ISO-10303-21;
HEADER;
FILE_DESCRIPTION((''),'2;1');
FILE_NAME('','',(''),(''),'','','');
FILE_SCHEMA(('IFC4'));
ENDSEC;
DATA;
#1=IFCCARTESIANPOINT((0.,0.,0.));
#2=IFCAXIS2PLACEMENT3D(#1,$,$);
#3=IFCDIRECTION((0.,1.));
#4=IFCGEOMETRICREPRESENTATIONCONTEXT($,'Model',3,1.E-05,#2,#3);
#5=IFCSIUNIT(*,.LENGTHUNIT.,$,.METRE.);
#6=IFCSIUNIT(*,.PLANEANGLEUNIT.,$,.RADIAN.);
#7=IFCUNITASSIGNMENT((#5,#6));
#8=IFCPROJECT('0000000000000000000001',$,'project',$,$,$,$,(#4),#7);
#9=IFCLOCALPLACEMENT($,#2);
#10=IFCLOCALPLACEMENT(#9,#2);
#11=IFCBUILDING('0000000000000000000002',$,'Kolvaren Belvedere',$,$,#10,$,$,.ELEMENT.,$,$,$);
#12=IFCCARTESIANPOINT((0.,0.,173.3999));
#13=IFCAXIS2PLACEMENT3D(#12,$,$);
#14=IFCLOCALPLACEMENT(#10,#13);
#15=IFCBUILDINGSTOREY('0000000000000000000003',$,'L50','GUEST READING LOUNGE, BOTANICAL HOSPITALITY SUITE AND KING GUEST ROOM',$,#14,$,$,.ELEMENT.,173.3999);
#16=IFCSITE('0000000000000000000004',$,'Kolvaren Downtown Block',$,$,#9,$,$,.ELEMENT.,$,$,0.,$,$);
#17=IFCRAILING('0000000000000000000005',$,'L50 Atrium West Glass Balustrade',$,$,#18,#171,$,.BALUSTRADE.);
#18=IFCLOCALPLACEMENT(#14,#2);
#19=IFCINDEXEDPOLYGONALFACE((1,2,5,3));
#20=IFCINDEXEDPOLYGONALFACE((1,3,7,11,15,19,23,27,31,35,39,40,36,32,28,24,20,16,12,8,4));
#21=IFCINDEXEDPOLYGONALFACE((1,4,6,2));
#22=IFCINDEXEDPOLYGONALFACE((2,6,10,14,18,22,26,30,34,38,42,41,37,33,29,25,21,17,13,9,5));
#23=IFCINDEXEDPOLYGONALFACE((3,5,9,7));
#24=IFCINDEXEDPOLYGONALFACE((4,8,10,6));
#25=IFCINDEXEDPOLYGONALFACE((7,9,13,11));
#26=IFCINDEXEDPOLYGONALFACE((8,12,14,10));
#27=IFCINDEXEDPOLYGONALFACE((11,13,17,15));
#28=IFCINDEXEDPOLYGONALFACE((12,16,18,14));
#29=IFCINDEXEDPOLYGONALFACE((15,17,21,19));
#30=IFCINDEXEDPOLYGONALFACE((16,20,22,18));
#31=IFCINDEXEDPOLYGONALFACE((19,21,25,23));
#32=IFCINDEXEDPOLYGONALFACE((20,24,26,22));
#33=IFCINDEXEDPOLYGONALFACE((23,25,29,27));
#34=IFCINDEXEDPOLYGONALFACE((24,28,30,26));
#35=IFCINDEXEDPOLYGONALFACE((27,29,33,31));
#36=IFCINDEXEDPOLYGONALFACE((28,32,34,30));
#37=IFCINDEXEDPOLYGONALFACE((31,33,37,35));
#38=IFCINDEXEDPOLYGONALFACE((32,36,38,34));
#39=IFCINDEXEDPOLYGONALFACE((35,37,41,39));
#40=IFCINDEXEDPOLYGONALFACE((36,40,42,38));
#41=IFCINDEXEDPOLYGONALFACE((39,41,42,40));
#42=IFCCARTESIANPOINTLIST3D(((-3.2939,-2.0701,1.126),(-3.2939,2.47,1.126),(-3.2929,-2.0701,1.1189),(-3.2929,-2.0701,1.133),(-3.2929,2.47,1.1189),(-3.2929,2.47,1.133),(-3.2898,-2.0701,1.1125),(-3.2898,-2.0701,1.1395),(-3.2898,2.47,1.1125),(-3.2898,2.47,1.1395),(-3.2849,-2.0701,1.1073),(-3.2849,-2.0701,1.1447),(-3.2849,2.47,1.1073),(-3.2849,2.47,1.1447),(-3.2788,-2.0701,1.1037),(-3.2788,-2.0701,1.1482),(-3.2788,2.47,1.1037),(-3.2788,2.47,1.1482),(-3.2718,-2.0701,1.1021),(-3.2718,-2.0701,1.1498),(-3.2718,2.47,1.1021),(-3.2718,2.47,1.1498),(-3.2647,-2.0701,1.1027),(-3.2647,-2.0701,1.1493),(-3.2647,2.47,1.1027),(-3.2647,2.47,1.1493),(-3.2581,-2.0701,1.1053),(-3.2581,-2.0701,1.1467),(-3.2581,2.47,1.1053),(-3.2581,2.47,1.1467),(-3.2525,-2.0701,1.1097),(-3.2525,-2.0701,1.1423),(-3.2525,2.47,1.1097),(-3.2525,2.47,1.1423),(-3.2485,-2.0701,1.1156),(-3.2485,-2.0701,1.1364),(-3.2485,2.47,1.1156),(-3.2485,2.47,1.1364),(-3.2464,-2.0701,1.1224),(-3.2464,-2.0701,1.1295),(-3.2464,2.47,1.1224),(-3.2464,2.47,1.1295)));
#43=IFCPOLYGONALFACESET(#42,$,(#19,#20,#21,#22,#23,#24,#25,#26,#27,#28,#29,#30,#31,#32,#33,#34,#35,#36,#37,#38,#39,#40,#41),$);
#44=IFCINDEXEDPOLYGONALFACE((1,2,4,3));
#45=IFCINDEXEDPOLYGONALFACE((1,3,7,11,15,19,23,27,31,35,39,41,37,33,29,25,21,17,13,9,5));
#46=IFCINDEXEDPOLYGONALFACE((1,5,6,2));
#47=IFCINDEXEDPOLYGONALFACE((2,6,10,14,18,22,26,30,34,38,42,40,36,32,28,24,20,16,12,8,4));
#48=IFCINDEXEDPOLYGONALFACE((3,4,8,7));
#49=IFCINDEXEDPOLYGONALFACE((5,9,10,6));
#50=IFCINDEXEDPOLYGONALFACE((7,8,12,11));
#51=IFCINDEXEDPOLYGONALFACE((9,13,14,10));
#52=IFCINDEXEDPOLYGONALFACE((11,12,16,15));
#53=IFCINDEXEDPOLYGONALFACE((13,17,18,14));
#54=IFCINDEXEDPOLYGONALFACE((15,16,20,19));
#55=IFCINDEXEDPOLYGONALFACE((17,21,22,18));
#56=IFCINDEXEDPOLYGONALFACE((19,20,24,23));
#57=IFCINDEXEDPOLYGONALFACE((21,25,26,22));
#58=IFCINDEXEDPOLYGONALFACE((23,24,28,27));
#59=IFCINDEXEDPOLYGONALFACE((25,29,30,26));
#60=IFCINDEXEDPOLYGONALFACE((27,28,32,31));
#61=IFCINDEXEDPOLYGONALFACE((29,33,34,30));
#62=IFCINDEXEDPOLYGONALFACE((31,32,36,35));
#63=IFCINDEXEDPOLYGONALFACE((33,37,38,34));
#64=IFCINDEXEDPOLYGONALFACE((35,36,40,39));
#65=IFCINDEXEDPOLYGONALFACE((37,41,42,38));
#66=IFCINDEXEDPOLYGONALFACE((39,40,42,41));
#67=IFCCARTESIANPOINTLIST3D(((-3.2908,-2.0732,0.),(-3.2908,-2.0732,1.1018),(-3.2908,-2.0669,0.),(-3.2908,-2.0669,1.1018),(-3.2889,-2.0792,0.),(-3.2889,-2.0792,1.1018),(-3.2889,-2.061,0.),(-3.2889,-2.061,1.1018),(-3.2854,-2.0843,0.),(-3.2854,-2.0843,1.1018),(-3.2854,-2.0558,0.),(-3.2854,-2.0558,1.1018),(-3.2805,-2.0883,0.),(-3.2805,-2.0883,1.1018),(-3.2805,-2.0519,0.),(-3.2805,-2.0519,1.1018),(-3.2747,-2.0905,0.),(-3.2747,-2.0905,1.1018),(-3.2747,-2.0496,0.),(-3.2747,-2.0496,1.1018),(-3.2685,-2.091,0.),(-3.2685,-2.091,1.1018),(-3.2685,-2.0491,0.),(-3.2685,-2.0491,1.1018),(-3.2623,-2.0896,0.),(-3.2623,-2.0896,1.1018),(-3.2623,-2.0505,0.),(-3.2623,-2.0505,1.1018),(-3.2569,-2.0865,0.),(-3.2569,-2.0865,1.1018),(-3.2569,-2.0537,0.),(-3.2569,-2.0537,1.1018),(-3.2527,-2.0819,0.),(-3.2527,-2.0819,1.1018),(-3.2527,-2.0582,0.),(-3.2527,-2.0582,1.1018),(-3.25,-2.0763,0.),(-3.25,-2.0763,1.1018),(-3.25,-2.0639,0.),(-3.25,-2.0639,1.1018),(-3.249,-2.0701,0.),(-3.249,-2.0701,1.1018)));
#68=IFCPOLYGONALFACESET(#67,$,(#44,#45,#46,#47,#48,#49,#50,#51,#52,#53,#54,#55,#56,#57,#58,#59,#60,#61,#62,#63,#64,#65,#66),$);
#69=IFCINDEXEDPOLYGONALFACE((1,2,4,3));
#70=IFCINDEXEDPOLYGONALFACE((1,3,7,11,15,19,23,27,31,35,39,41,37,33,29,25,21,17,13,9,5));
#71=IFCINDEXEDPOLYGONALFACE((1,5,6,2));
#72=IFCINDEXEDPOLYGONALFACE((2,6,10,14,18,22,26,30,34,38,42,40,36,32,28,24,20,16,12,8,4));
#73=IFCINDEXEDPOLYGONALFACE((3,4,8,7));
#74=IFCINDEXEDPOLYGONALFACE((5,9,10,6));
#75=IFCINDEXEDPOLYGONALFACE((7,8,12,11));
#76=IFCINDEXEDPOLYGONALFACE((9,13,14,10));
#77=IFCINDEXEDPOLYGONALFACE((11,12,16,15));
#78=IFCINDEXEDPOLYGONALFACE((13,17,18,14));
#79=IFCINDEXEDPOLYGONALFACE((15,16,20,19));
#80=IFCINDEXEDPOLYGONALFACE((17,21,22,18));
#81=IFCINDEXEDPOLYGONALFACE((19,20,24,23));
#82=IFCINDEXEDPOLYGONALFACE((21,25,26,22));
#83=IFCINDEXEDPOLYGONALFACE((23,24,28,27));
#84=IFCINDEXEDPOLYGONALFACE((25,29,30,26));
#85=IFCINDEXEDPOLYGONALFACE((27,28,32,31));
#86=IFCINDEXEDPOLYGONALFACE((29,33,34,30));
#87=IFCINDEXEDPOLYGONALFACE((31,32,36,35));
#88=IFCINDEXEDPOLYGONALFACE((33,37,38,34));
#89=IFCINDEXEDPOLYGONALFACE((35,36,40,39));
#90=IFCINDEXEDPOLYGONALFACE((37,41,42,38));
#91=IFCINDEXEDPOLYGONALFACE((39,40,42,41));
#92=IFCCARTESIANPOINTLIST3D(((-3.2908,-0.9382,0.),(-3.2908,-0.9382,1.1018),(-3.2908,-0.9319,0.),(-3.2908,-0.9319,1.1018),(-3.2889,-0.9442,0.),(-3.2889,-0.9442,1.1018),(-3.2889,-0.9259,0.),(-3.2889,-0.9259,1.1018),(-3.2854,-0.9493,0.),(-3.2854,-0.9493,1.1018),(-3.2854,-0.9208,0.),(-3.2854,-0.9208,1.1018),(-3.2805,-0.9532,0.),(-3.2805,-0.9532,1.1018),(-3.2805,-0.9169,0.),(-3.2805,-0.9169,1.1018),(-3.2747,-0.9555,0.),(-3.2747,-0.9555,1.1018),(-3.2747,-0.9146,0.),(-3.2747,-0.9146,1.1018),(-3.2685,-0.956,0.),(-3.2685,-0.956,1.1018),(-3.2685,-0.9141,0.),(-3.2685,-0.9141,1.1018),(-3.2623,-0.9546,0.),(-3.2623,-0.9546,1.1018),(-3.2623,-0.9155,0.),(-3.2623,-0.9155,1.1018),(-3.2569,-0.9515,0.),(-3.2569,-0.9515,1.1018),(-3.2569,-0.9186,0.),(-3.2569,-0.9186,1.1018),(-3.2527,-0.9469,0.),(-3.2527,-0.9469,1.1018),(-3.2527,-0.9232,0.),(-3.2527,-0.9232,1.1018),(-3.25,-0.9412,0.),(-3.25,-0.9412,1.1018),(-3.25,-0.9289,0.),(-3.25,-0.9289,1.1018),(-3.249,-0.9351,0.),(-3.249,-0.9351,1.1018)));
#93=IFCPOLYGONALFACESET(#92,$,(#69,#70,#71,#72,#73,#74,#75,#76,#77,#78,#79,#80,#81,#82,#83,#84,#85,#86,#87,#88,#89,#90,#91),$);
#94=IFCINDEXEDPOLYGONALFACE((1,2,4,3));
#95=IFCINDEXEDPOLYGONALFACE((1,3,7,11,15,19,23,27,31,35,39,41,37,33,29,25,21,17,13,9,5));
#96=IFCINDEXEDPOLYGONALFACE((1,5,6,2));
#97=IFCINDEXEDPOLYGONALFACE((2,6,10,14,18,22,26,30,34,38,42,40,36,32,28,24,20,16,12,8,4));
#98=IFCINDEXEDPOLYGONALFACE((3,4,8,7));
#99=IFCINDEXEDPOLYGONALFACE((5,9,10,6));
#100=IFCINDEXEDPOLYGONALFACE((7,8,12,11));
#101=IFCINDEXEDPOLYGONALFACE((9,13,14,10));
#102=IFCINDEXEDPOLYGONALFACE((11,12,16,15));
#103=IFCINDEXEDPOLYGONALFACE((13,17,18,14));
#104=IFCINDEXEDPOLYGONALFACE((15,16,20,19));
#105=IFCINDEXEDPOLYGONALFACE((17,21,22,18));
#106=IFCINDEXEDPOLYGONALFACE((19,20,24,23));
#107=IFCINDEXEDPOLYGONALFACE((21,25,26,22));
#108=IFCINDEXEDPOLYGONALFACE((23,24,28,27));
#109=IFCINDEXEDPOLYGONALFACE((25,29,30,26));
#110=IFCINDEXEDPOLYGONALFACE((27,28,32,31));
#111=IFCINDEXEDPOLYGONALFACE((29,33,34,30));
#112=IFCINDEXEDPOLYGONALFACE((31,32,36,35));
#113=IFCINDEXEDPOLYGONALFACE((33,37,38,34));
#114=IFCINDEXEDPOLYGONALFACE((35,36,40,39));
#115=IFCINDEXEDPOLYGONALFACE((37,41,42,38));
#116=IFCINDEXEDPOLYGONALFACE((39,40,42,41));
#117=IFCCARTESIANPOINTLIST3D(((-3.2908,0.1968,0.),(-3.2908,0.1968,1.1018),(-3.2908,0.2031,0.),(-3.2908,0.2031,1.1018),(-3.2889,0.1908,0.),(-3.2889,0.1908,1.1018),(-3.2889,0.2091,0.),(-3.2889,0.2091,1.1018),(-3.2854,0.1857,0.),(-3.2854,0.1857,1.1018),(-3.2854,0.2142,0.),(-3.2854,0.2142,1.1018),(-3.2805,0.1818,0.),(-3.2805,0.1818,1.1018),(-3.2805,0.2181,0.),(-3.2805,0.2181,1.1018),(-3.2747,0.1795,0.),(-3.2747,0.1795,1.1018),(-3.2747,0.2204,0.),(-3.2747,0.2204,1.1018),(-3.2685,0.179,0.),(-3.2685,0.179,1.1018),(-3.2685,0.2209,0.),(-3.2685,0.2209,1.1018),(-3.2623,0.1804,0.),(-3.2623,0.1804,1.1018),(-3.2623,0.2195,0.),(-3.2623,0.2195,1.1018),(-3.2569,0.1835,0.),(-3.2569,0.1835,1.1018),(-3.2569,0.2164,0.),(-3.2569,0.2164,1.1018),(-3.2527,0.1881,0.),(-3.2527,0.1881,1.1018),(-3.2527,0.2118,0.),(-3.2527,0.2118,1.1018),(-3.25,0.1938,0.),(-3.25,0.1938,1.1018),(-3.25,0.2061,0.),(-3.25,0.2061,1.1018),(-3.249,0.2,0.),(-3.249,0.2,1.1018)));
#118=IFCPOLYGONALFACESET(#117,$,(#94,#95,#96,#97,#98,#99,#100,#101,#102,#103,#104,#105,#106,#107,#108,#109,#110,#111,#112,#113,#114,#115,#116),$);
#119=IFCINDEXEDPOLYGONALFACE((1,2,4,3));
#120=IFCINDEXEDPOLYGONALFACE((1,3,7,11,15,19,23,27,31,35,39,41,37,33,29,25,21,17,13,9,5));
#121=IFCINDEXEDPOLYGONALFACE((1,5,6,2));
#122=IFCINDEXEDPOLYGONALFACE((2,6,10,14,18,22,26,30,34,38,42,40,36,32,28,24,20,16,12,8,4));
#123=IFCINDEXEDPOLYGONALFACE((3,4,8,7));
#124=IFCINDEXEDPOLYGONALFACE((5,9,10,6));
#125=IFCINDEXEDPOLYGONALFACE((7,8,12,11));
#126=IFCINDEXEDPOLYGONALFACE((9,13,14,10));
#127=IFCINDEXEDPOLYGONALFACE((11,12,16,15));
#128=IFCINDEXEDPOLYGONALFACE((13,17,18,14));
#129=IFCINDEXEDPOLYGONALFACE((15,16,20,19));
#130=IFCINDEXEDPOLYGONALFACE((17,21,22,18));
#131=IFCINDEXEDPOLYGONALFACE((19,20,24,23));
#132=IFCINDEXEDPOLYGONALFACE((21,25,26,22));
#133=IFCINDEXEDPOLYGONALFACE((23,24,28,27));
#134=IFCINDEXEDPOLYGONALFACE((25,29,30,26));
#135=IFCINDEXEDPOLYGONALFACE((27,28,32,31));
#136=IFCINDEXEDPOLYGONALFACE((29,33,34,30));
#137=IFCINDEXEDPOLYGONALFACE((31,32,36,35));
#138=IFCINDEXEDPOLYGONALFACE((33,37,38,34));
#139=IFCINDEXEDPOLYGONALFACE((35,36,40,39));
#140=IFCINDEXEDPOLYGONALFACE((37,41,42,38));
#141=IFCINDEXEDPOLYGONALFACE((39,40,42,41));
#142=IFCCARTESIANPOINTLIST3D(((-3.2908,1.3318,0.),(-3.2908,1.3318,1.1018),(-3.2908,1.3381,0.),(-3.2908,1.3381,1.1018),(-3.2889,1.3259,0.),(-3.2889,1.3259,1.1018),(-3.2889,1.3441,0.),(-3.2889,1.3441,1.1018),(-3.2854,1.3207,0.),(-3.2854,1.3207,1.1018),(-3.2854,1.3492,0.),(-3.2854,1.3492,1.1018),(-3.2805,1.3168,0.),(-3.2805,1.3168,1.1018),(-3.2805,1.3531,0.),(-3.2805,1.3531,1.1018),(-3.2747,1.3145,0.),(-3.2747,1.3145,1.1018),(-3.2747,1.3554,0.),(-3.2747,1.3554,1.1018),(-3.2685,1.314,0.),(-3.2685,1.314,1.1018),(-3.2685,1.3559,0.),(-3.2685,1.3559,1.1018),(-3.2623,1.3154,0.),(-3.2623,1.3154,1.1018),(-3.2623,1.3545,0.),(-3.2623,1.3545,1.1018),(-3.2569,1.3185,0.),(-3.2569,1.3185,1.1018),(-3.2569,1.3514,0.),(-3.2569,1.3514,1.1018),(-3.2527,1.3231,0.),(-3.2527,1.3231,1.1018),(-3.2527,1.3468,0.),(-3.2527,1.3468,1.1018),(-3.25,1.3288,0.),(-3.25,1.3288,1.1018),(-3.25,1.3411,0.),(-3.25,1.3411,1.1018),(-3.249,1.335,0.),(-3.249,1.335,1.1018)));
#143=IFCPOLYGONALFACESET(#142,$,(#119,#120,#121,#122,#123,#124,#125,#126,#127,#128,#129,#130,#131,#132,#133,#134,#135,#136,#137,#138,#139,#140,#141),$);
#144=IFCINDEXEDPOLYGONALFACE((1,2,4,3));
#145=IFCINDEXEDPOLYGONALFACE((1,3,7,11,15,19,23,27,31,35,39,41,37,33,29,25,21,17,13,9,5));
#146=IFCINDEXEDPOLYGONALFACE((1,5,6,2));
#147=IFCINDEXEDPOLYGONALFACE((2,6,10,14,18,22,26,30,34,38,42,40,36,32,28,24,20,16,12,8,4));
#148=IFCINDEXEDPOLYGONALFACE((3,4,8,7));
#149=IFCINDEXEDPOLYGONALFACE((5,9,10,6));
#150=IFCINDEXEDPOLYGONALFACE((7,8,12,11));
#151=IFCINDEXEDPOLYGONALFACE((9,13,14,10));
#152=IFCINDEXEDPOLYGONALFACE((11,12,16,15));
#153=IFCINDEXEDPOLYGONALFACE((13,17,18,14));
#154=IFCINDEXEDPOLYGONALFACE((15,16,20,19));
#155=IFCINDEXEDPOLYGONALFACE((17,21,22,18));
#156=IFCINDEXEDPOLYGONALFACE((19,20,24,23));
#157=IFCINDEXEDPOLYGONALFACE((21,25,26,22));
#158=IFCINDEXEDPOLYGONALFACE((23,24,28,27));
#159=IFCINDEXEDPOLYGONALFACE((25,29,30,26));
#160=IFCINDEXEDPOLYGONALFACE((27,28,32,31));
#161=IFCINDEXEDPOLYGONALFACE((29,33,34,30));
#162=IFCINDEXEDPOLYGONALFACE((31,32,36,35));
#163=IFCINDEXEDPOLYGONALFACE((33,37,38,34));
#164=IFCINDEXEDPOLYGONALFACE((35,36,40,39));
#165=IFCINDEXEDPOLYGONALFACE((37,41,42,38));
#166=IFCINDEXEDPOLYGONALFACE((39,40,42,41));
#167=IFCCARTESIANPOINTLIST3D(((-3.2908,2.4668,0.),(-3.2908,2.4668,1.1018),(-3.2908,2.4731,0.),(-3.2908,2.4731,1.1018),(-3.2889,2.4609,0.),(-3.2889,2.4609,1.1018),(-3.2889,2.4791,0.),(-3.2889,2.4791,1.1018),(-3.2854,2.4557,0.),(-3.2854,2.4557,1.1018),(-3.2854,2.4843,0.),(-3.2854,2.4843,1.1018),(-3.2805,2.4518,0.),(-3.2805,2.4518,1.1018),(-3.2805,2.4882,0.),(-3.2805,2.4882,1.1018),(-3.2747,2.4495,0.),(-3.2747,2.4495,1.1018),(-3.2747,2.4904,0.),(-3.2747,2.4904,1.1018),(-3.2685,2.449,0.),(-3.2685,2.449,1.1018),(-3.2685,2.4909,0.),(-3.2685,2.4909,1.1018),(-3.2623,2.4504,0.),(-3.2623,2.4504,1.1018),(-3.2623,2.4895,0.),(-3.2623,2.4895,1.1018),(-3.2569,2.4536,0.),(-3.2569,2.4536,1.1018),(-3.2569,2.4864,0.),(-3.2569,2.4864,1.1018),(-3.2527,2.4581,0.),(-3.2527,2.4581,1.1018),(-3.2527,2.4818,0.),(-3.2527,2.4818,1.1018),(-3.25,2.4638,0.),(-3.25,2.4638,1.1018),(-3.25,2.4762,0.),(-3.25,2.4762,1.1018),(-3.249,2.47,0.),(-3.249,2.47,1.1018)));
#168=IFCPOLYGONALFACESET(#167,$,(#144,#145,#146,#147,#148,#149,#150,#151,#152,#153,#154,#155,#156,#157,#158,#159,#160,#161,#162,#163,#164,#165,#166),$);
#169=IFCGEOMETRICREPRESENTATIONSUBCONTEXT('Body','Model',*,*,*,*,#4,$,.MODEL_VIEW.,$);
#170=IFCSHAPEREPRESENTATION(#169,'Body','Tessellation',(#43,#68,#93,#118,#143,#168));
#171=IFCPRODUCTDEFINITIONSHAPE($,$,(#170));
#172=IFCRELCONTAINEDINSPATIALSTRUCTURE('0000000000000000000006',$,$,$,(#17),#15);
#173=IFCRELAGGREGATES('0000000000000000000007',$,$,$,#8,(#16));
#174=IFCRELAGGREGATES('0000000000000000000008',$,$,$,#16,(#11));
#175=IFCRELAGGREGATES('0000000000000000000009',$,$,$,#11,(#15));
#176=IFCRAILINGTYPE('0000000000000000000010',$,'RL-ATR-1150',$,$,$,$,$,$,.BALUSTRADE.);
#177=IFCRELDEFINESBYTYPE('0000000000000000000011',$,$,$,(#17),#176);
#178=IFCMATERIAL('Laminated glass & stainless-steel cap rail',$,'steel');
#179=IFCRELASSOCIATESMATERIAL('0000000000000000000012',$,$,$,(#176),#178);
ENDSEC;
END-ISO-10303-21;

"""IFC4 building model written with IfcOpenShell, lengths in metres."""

from ifc_helpers import new_model, si_unit, direction, frame, origin, origin_2d, place, context, subcontext, project, spatial, circle, extrude, material, type_object, element, save


model = new_model("IFC4")

# Units and contexts
model_context = context("Model", 3, precision=1e-05, world=origin(), true_north=direction((0.0, 1.0)))
body_context = subcontext(model_context, "Body", "Model", "MODEL_VIEW")
ifc_project = project(units=[si_unit("LENGTHUNIT", "METRE"), si_unit("PLANEANGLEUNIT", "RADIAN")], contexts=[model_context])

# Site, building, storey
site_placement = place(None, origin())
site = spatial("IfcSite", under=ifc_project, at=site_placement, Name="Kolvaren Downtown Block", CompositionType="ELEMENT", RefElevation=0.0)
building_placement = place(site_placement, origin())
building = spatial("IfcBuilding", under=site, at=building_placement, Name="Kolvaren Belvedere", CompositionType="ELEMENT")
storey_placement = place(building_placement, frame((0.0, 0.0, 173.3999)))
storey = spatial("IfcBuildingStorey", under=building, at=storey_placement, Name="L50", Description="GUEST READING LOUNGE, BOTANICAL HOSPITALITY SUITE AND KING GUEST ROOM", CompositionType="ELEMENT", Elevation=173.3999)

# Railing
ifc_material_1 = material(Name="Laminated glass & stainless-steel cap rail", Category="steel")
railing_type_1 = type_object("IfcRailingType", Name="RL-ATR-1150", PredefinedType="BALUSTRADE", material=ifc_material_1)
railing_1_placement = place(storey_placement, frame((-3.27, -2.0701, 0.0)))
element("IfcRailing", 1, at=railing_1_placement, inside=storey, type_object=railing_type_1, Name="L50 Atrium West Glass Balustrade", PredefinedType="BALUSTRADE", context=body_context, shape_type="SweptSolid", body=[
    extrude(circle(Radius=0.0239, at=origin_2d()), frame((0.0, 0.0, 1.126), z_axis=(0.0, 1.0, 0.0), x_axis=(-1.0, 0.0, 0.0)), (0.0, 0.0, 1.0), 4.54),
    extrude(circle(Radius=0.021, at=origin_2d()), origin(), (0.0, 0.0, 1.0), 1.1018),
    extrude(circle(Radius=0.021, at=origin_2d()), frame((0.0, 1.135, 0.0)), (0.0, 0.0, 1.0), 1.1018),
    extrude(circle(Radius=0.021, at=origin_2d()), frame((0.0, 2.27, 0.0)), (0.0, 0.0, 1.0), 1.1018),
    extrude(circle(Radius=0.021, at=origin_2d()), frame((0.0, 3.405, 0.0)), (0.0, 0.0, 1.0), 1.1018),
    extrude(circle(Radius=0.021, at=origin_2d()), frame((0.0, 4.54, 0.0)), (0.0, 0.0, 1.0), 1.1018),
])

save(model, "model.ifc")
